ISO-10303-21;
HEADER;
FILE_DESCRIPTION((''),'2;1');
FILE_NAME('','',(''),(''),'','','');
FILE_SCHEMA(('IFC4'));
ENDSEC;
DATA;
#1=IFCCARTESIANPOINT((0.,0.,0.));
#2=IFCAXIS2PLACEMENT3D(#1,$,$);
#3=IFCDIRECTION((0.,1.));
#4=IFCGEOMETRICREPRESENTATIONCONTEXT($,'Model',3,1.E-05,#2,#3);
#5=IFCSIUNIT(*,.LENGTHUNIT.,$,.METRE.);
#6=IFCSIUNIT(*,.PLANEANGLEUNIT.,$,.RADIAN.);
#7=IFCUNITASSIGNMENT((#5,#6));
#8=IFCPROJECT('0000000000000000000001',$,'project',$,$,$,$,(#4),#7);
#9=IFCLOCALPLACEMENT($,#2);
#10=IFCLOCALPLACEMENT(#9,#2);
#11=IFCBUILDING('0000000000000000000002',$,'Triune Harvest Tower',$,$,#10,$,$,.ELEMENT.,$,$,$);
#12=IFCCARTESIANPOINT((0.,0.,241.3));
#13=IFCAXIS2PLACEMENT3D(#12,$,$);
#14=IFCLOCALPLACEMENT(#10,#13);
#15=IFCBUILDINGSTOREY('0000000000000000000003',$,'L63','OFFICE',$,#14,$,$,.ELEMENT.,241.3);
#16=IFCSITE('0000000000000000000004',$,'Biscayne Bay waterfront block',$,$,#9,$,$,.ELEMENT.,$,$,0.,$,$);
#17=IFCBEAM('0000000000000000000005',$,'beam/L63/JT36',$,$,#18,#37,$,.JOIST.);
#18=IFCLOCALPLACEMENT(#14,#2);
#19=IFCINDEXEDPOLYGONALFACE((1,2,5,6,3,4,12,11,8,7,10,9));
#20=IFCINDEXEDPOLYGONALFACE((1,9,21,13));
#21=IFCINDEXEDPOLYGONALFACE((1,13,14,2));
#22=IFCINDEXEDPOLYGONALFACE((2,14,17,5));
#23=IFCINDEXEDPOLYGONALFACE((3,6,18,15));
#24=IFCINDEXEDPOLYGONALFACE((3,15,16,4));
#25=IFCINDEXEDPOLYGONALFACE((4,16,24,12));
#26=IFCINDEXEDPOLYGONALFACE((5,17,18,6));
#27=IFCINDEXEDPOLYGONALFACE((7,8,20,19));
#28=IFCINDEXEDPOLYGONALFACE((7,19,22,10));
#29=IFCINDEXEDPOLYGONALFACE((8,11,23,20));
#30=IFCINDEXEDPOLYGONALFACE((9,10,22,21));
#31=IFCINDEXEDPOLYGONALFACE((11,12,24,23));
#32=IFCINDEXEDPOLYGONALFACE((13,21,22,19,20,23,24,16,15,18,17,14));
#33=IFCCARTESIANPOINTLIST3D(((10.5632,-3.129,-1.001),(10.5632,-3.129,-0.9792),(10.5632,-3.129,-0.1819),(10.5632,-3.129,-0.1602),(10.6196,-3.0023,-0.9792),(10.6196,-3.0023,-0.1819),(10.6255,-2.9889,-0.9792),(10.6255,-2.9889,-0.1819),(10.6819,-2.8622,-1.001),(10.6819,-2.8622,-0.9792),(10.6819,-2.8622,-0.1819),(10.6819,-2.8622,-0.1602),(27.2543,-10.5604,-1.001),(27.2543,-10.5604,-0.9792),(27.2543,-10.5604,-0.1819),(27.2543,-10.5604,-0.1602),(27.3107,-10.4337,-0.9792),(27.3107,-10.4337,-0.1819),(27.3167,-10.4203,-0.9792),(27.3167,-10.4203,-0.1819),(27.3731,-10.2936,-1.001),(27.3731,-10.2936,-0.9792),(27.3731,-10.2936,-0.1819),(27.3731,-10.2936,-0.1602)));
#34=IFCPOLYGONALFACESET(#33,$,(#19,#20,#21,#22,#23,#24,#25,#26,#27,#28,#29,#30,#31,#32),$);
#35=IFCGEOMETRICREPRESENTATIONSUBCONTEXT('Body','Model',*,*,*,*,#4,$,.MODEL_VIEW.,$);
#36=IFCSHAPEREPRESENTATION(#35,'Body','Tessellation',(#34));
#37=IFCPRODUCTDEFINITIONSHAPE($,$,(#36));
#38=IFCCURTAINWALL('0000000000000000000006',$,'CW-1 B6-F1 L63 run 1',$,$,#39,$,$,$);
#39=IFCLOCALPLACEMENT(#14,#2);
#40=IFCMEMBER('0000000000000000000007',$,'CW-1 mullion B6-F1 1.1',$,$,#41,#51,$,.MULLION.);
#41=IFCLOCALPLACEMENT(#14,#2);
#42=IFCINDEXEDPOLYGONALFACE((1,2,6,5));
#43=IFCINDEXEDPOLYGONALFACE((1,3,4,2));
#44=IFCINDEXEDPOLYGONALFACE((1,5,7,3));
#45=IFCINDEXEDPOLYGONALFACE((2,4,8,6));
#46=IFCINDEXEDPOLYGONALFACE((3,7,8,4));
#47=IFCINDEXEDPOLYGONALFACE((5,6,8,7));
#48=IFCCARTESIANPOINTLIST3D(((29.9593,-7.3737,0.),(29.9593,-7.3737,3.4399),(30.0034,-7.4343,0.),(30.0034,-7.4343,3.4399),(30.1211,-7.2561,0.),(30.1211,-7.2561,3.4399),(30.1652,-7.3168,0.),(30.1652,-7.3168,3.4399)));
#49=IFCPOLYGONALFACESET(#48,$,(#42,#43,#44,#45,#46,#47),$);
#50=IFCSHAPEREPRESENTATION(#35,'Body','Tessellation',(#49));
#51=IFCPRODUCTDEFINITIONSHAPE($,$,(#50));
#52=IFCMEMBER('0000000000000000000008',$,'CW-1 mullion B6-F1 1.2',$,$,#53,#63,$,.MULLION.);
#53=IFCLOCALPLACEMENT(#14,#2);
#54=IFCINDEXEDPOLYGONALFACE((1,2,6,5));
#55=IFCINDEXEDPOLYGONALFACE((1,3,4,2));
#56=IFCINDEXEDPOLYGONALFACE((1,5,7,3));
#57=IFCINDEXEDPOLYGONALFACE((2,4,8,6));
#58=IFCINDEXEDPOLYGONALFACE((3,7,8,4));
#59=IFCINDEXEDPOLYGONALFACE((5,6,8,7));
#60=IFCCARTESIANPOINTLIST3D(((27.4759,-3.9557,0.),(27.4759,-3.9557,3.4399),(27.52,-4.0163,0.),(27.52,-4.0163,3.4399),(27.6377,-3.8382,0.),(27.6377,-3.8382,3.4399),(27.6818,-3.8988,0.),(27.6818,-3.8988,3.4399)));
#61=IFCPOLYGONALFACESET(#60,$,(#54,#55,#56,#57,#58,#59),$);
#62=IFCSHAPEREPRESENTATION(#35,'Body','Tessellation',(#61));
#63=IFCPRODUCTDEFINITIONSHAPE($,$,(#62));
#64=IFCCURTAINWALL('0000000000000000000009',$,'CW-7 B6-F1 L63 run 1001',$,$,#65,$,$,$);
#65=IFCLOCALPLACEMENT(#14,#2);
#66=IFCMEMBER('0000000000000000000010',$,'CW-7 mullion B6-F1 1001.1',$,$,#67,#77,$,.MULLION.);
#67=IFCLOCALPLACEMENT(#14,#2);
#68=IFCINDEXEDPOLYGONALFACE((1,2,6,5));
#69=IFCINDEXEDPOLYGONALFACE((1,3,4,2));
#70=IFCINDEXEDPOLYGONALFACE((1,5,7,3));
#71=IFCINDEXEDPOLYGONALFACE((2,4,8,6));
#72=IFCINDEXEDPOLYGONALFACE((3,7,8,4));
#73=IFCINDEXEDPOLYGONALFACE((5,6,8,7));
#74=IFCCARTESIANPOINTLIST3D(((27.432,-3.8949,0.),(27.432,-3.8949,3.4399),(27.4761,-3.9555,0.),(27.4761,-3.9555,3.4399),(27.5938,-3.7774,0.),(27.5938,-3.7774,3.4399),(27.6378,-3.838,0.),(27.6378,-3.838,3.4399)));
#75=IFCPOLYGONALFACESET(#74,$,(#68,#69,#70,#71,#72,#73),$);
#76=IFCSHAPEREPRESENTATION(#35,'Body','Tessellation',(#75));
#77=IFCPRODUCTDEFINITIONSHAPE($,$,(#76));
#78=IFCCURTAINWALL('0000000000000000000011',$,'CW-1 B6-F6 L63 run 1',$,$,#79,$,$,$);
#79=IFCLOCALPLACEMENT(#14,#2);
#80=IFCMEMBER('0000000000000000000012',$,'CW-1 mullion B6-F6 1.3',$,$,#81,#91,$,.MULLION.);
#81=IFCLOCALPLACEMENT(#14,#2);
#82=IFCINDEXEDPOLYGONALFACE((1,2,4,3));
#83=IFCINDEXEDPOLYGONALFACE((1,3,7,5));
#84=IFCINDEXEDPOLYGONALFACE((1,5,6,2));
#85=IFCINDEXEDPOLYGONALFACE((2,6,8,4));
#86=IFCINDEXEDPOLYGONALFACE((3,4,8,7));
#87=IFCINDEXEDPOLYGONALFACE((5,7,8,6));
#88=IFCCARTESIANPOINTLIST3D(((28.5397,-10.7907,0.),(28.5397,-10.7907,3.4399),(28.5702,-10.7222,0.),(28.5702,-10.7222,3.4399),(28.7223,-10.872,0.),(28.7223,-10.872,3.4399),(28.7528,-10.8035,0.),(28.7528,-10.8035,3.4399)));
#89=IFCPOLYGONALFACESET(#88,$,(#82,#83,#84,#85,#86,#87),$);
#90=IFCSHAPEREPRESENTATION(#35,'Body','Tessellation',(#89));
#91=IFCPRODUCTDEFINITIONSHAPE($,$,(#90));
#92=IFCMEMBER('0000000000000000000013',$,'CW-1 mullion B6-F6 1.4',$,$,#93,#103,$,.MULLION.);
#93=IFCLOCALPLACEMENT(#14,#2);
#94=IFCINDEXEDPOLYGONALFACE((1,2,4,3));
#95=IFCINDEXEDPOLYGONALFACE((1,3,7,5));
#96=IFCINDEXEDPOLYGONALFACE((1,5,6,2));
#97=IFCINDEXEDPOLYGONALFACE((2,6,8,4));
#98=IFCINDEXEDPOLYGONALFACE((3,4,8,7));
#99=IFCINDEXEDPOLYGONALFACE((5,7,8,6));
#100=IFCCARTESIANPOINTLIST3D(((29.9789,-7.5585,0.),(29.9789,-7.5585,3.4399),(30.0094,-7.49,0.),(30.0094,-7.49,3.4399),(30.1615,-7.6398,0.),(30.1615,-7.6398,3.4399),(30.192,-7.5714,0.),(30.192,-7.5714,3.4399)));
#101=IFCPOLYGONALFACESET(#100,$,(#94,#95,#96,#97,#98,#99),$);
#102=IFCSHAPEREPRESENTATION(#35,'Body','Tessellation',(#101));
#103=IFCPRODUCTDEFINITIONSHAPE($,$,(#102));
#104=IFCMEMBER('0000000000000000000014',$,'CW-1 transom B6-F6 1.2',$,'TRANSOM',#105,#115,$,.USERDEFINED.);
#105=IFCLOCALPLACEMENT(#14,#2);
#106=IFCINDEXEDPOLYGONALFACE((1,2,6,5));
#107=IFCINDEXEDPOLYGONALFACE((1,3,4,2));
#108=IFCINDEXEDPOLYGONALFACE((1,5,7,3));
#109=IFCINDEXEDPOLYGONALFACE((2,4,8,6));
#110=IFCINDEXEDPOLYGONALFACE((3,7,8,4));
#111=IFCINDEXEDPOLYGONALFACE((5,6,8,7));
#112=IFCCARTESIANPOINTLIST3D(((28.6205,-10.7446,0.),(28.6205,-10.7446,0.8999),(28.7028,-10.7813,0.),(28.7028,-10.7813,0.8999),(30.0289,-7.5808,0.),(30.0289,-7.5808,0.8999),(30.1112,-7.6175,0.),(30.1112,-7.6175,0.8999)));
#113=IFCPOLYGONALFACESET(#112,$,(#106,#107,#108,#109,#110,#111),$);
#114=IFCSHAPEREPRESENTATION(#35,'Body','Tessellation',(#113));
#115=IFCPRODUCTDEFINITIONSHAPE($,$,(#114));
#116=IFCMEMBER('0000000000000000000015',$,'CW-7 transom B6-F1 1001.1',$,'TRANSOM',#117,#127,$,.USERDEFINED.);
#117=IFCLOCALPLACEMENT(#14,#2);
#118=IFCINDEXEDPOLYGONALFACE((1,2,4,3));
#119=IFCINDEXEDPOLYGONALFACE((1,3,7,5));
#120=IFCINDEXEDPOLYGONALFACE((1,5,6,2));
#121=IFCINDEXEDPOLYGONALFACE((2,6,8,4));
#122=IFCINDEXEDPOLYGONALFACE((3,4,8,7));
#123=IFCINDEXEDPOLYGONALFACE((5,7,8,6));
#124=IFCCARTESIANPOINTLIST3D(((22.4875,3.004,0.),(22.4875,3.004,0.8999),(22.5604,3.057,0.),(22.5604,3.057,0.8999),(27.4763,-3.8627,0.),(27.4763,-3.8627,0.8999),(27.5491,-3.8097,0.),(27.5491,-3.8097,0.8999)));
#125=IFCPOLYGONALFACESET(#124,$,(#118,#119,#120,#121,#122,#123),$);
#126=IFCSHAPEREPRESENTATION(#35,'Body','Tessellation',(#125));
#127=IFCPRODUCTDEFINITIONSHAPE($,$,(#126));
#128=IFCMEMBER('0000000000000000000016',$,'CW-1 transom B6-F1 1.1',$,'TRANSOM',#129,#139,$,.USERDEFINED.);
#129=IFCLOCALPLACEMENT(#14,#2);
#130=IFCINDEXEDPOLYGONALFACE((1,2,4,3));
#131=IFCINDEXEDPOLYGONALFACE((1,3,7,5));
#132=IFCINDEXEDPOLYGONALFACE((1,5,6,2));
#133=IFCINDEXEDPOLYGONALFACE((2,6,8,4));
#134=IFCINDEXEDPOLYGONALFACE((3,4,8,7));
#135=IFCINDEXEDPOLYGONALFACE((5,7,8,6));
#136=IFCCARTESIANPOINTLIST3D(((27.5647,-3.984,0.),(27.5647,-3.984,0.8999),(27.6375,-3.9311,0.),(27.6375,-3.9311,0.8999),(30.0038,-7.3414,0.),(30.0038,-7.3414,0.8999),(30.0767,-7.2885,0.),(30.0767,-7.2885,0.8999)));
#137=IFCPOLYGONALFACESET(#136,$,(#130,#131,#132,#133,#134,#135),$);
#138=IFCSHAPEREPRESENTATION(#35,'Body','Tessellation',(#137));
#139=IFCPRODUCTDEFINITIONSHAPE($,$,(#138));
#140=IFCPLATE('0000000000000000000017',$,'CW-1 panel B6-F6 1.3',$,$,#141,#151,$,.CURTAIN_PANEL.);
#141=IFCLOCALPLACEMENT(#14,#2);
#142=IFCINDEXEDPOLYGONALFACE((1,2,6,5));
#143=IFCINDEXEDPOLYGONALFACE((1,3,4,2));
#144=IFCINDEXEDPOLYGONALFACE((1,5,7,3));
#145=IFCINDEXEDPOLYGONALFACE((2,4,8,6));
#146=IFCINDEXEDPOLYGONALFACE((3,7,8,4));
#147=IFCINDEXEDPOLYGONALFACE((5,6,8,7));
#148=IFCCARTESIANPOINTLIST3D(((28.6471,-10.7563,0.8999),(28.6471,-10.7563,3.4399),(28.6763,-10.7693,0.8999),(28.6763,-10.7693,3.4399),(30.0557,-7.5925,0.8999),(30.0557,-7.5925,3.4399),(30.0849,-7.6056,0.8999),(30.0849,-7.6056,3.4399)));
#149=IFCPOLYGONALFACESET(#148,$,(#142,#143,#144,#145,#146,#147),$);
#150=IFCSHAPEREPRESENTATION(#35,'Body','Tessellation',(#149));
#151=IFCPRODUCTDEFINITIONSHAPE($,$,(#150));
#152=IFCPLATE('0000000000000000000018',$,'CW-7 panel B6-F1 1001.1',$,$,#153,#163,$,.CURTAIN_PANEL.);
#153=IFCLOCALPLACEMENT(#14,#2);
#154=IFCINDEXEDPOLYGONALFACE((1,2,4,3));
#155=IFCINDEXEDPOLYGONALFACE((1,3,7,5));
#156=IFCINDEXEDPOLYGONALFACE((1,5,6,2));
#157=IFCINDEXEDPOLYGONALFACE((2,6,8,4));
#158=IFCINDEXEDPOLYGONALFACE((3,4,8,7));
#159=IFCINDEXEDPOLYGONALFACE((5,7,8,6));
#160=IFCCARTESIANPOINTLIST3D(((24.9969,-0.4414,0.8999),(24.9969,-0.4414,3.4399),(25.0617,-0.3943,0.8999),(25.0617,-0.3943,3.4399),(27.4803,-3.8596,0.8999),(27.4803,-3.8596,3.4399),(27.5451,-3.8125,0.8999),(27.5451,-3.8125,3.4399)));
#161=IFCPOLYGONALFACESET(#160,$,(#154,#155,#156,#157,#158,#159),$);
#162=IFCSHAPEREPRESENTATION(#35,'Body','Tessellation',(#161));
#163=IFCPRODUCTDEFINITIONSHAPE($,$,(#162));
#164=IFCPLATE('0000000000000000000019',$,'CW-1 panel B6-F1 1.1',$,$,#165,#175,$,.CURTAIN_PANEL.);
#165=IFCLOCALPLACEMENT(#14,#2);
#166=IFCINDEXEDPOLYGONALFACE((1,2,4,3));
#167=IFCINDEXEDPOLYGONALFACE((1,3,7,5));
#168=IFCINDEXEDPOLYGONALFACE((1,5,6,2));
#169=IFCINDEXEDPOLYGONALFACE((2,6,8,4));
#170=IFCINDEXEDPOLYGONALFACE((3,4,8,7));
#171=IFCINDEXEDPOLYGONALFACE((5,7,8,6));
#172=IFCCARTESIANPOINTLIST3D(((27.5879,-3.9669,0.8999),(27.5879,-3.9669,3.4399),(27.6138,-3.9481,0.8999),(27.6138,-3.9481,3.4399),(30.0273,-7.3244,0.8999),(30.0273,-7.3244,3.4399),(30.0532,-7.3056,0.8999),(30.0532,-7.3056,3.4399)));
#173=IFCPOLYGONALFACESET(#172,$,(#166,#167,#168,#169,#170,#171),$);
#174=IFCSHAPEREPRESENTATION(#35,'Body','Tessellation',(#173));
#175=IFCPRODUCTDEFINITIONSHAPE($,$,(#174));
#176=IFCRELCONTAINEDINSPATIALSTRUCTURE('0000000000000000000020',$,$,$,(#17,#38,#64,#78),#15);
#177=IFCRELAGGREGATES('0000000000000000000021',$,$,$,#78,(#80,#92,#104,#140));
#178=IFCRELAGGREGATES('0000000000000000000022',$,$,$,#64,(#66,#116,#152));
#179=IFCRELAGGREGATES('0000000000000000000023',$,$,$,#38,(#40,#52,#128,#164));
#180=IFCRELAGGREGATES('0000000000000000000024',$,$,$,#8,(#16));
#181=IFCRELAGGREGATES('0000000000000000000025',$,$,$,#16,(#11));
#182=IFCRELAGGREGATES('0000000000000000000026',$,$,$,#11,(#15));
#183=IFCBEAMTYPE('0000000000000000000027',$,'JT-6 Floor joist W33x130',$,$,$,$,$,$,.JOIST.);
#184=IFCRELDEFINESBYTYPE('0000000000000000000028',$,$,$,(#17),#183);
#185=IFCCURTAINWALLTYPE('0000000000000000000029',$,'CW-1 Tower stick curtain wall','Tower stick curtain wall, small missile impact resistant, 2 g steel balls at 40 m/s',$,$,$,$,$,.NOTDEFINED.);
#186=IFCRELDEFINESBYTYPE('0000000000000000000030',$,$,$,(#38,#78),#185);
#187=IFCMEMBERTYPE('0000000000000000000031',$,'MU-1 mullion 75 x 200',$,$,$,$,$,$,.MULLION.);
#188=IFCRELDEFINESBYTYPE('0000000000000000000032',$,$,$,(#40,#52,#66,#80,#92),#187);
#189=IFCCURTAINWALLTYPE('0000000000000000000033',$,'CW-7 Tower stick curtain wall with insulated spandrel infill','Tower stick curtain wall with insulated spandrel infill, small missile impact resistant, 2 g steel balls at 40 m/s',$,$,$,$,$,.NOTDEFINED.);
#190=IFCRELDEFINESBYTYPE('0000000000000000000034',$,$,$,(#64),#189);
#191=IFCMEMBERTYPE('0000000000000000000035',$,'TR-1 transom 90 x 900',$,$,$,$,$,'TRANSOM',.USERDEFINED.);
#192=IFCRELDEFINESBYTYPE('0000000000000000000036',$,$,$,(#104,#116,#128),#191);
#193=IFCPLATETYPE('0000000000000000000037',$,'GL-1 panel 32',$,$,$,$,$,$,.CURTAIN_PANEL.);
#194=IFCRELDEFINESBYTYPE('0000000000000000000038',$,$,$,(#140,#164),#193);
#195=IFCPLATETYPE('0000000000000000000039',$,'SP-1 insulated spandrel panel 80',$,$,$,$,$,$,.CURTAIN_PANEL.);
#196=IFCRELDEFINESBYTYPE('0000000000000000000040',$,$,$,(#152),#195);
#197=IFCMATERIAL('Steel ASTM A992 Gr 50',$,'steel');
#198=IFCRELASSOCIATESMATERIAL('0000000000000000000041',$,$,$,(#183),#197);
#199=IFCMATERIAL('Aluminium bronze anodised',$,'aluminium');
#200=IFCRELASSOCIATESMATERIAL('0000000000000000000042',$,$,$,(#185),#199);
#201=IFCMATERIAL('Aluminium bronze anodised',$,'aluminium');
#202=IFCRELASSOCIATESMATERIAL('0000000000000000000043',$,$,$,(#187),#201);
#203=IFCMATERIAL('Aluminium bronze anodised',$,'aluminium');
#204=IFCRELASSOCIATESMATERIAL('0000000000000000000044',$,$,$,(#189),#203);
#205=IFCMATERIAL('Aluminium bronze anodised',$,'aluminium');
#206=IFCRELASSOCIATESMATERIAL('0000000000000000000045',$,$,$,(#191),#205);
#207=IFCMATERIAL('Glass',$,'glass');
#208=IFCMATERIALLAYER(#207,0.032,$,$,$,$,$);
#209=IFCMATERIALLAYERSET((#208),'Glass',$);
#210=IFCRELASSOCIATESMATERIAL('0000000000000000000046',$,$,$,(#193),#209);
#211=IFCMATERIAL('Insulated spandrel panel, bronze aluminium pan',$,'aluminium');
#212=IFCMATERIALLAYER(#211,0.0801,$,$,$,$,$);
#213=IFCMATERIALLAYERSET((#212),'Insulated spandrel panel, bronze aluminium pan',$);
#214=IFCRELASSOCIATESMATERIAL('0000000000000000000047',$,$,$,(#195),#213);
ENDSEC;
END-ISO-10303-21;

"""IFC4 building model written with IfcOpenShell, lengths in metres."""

from ifc_helpers import new_model, si_unit, direction, frame, origin, origin_2d, place, context, subcontext, project, spatial, rectangle, i_section, extrude, source, transform, mapped, material, layer, layer_set, material_profile, profile_set, type_object, element, aggregate, save


model = new_model("IFC4")

# Units and contexts
model_context = context("Model", 3, precision=1e-05, world=origin(), true_north=direction((0.0, 1.0)))
body_context = subcontext(model_context, "Body", "Model", "MODEL_VIEW")
ifc_project = project(units=[si_unit("LENGTHUNIT", "METRE"), si_unit("PLANEANGLEUNIT", "RADIAN")], contexts=[model_context])

# Site, building, storey
site_placement = place(None, origin())
site = spatial("IfcSite", under=ifc_project, at=site_placement, Name="Biscayne Bay waterfront block", CompositionType="ELEMENT", RefElevation=0.0)
building_placement = place(site_placement, origin())
building = spatial("IfcBuilding", under=site, at=building_placement, Name="Triune Harvest Tower", CompositionType="ELEMENT")
storey_placement = place(building_placement, frame((0.0, 0.0, 241.3)))
storey = spatial("IfcBuildingStorey", under=building, at=storey_placement, Name="L63", Description="OFFICE", CompositionType="ELEMENT", Elevation=241.3)

# Beam
ifc_material_1 = material(Name="Steel ASTM A992 Gr 50", Category="steel")
ifc_material_profile_1 = material_profile(ifc_material_1, i_section(OverallWidth=0.292, OverallDepth=0.8408, WebThickness=0.0146, FlangeThickness=0.0217, at=origin_2d()), Name="W33x130")
ifc_profile_set_1 = profile_set([ifc_material_profile_1], Name="Steel ASTM A992 Gr 50")
beam_type_1 = type_object("IfcBeamType", Name="JT-6 Floor joist W33x130", PredefinedType="JOIST", material=ifc_profile_set_1)
shared_shape_1 = source(origin(), body_context, "Body", "SweptSolid", [
    extrude(i_section(OverallWidth=0.292, OverallDepth=0.8408, WebThickness=0.0146, FlangeThickness=0.0217, at=origin_2d()), origin(), (0.0, 0.0, 1.0), 18.2708),
])
beam_1_placement = place(storey_placement, frame((27.3137, -10.427, -0.5806), z_axis=(-0.913545, 0.406737, 0.0), x_axis=(-0.406737, -0.913545, 0.0)))
element("IfcBeam", 1, at=beam_1_placement, inside=storey, type_object=beam_type_1, Name="beam/L63/JT36", PredefinedType="JOIST", context=body_context, shape_type="MappedRepresentation", body=[
    mapped(shared_shape_1, transform((0.0, 0.0, 0.0), scale=1.0)),
])

# Curtain wall, members
ifc_material_2 = material(Name="Aluminium bronze anodised", Category="aluminium")
curtain_wall_type_1 = type_object("IfcCurtainWallType", Name="CW-1 Tower stick curtain wall", Description="Tower stick curtain wall, small missile impact resistant, 2 g steel balls at 40 m/s", PredefinedType="NOTDEFINED", material=ifc_material_2)
curtain_wall_1_placement = place(storey_placement, origin())
curtain_wall_1 = element("IfcCurtainWall", 2, at=curtain_wall_1_placement, inside=storey, type_object=curtain_wall_type_1, Name="CW-1 B6-F1 L63 run 1")
ifc_material_3 = material(Name="Aluminium bronze anodised", Category="aluminium")
ifc_material_profile_2 = material_profile(ifc_material_3, rectangle(XDim=0.2, YDim=0.075, at=origin_2d()), Name="MU-1 mullion 75 x 200")
ifc_profile_set_2 = profile_set([ifc_material_profile_2], Name="Aluminium bronze anodised")
member_type_1 = type_object("IfcMemberType", Name="MU-1 mullion 75 x 200", PredefinedType="MULLION", material=ifc_profile_set_2)
shared_shape_2 = source(origin(), body_context, "Body", "SweptSolid", [
    extrude(rectangle(XDim=0.2, YDim=0.075, at=origin_2d()), origin(), (0.0, 0.0, 1.0), 3.4399),
])
member_1_placement = place(storey_placement, frame((30.0623, -7.3452, 0.0), z_axis=(0.0, 0.0, 1.0), x_axis=(-0.809016, -0.587787, 0.0)))
member_1 = element("IfcMember", 3, at=member_1_placement, type_object=member_type_1, Name="CW-1 mullion B6-F1 1.1", PredefinedType="MULLION", context=body_context, shape_type="MappedRepresentation", body=[
    mapped(shared_shape_2, transform((0.0, 0.0, 0.0), scale=1.0)),
])
member_2_placement = place(storey_placement, frame((27.5789, -3.9272, 0.0), z_axis=(0.0, 0.0, 1.0), x_axis=(-0.809016, -0.587787, 0.0)))
member_2 = element("IfcMember", 4, at=member_2_placement, type_object=member_type_1, Name="CW-1 mullion B6-F1 1.2", PredefinedType="MULLION", context=body_context, shape_type="MappedRepresentation", body=[
    mapped(shared_shape_2, transform((0.0, 0.0, 0.0), scale=1.0)),
])

# Curtain wall, member
ifc_material_4 = material(Name="Aluminium bronze anodised", Category="aluminium")
curtain_wall_type_2 = type_object("IfcCurtainWallType", Name="CW-7 Tower stick curtain wall with insulated spandrel infill", Description="Tower stick curtain wall with insulated spandrel infill, small missile impact resistant, 2 g steel balls at 40 m/s", PredefinedType="NOTDEFINED", material=ifc_material_4)
curtain_wall_2_placement = place(storey_placement, origin())
curtain_wall_2 = element("IfcCurtainWall", 5, at=curtain_wall_2_placement, inside=storey, type_object=curtain_wall_type_2, Name="CW-7 B6-F1 L63 run 1001")
member_3_placement = place(storey_placement, frame((27.5349, -3.8665, 0.0), z_axis=(0.0, 0.0, 1.0), x_axis=(-0.809017, -0.587786, 0.0)))
member_3 = element("IfcMember", 6, at=member_3_placement, type_object=member_type_1, Name="CW-7 mullion B6-F1 1001.1", PredefinedType="MULLION", context=body_context, shape_type="MappedRepresentation", body=[
    mapped(shared_shape_2, transform((0.0, 0.0, 0.0), scale=1.0)),
])

# Curtain wall, members
curtain_wall_3_placement = place(storey_placement, origin())
curtain_wall_3 = element("IfcCurtainWall", 7, at=curtain_wall_3_placement, inside=storey, type_object=curtain_wall_type_1, Name="CW-1 B6-F6 L63 run 1")
member_4_placement = place(storey_placement, frame((28.6462, -10.7971, 0.0), z_axis=(0.0, 0.0, 1.0), x_axis=(-0.913543, 0.406743, 0.0)))
member_4 = element("IfcMember", 8, at=member_4_placement, type_object=member_type_1, Name="CW-1 mullion B6-F6 1.3", PredefinedType="MULLION", context=body_context, shape_type="MappedRepresentation", body=[
    mapped(shared_shape_2, transform((0.0, 0.0, 0.0), scale=1.0)),
])
member_5_placement = place(storey_placement, frame((30.0854, -7.5649, 0.0), z_axis=(0.0, 0.0, 1.0), x_axis=(-0.913543, 0.406743, 0.0)))
member_5 = element("IfcMember", 9, at=member_5_placement, type_object=member_type_1, Name="CW-1 mullion B6-F6 1.4", PredefinedType="MULLION", context=body_context, shape_type="MappedRepresentation", body=[
    mapped(shared_shape_2, transform((0.0, 0.0, 0.0), scale=1.0)),
])
ifc_material_5 = material(Name="Aluminium bronze anodised", Category="aluminium")
ifc_material_profile_3 = material_profile(ifc_material_5, rectangle(XDim=0.0901, YDim=0.8999, at=origin_2d()), Name="TR-1 transom 90 x 900")
ifc_profile_set_3 = profile_set([ifc_material_profile_3], Name="Aluminium bronze anodised")
member_type_2 = type_object("IfcMemberType", Name="TR-1 transom 90 x 900", ElementType="TRANSOM", PredefinedType="USERDEFINED", material=ifc_profile_set_3)
shared_shape_3 = source(origin(), body_context, "Body", "SweptSolid", [
    extrude(rectangle(XDim=0.0901, YDim=0.8999, at=origin_2d()), origin(), (0.0, 0.0, 1.0), 3.4631),
])
member_6_placement = place(storey_placement, frame((28.6616, -10.7629, 0.45), z_axis=(0.406694, 0.913564, 0.0), x_axis=(-0.913564, 0.406694, 0.0)))
member_6 = element("IfcMember", 10, at=member_6_placement, type_object=member_type_2, Name="CW-1 transom B6-F6 1.2", ObjectType="TRANSOM", PredefinedType="USERDEFINED", context=body_context, shape_type="MappedRepresentation", body=[
    mapped(shared_shape_3, transform((0.0, 0.0, 0.0), scale=1.0)),
])

# Members
shared_shape_4 = source(origin(), body_context, "Body", "SweptSolid", [
    extrude(rectangle(XDim=0.0901, YDim=0.8999, at=origin_2d()), origin(), (0.0, 0.0, 1.0), 8.4875),
])
member_7_placement = place(storey_placement, frame((27.5127, -3.8362, 0.45), z_axis=(-0.587771, 0.809027, 0.0), x_axis=(-0.809027, -0.587771, 0.0)))
member_7 = element("IfcMember", 11, at=member_7_placement, type_object=member_type_2, Name="CW-7 transom B6-F1 1001.1", ObjectType="TRANSOM", PredefinedType="USERDEFINED", context=body_context, shape_type="MappedRepresentation", body=[
    mapped(shared_shape_4, transform((0.0, 0.0, 0.0), scale=1.0)),
])
shared_shape_5 = source(origin(), body_context, "Body", "SweptSolid", [
    extrude(rectangle(XDim=0.0901, YDim=0.8999, at=origin_2d()), origin(), (0.0, 0.0, 1.0), 4.1499),
])
member_8_placement = place(storey_placement, frame((30.0403, -7.3149, 0.45), z_axis=(-0.587769, 0.809029, 0.0), x_axis=(-0.809029, -0.587769, 0.0)))
member_8 = element("IfcMember", 12, at=member_8_placement, type_object=member_type_2, Name="CW-1 transom B6-F1 1.1", ObjectType="TRANSOM", PredefinedType="USERDEFINED", context=body_context, shape_type="MappedRepresentation", body=[
    mapped(shared_shape_5, transform((0.0, 0.0, 0.0), scale=1.0)),
])

# Plates
ifc_material_6 = material(Name="Glass", Category="glass")
ifc_layer_1 = layer(ifc_material_6, 0.032)
ifc_layer_set_1 = layer_set([ifc_layer_1], Name="Glass")
plate_type_1 = type_object("IfcPlateType", Name="GL-1 panel 32", PredefinedType="CURTAIN_PANEL", material=ifc_layer_set_1)
shared_shape_6 = source(origin(), body_context, "Body", "SweptSolid", [
    extrude(rectangle(XDim=3.4631, YDim=0.032, at=origin_2d()), origin(), (0.0, 0.0, 1.0), 2.54),
])
plate_1_placement = place(storey_placement, frame((29.366, -9.1809, 0.8999), z_axis=(0.0, 0.0, 1.0), x_axis=(0.406743, 0.913543, 0.0)))
plate_1 = element("IfcPlate", 13, at=plate_1_placement, type_object=plate_type_1, Name="CW-1 panel B6-F6 1.3", PredefinedType="CURTAIN_PANEL", context=body_context, shape_type="MappedRepresentation", body=[
    mapped(shared_shape_6, transform((0.0, 0.0, 0.0), scale=1.0)),
])
aggregate(curtain_wall_3, [member_4, member_5, member_6, plate_1])
ifc_material_7 = material(Name="Insulated spandrel panel, bronze aluminium pan", Category="aluminium")
ifc_layer_2 = layer(ifc_material_7, 0.0801)
ifc_layer_set_2 = layer_set([ifc_layer_2], Name="Insulated spandrel panel, bronze aluminium pan")
plate_type_2 = type_object("IfcPlateType", Name="SP-1 insulated spandrel panel 80", PredefinedType="CURTAIN_PANEL", material=ifc_layer_set_2)
shared_shape_7 = source(origin(), body_context, "Body", "SweptSolid", [
    extrude(rectangle(XDim=4.2251, YDim=0.0801, at=origin_2d()), origin(), (0.0, 0.0, 1.0), 2.54),
])
plate_2_placement = place(storey_placement, frame((26.271, -2.127, 0.8999), z_axis=(0.0, 0.0, 1.0), x_axis=(-0.587786, 0.809017, 0.0)))
plate_2 = element("IfcPlate", 14, at=plate_2_placement, type_object=plate_type_2, Name="CW-7 panel B6-F1 1001.1", PredefinedType="CURTAIN_PANEL", context=body_context, shape_type="MappedRepresentation", body=[
    mapped(shared_shape_7, transform((0.0, 0.0, 0.0), scale=1.0)),
])
aggregate(curtain_wall_2, [member_3, member_7, plate_2])
shared_shape_8 = source(origin(), body_context, "Body", "SweptSolid", [
    extrude(rectangle(XDim=4.1501, YDim=0.032, at=origin_2d()), origin(), (0.0, 0.0, 1.0), 2.54),
])
plate_3_placement = place(storey_placement, frame((28.8206, -5.6362, 0.8999), z_axis=(0.0, 0.0, 1.0), x_axis=(-0.587787, 0.809016, 0.0)))
plate_3 = element("IfcPlate", 15, at=plate_3_placement, type_object=plate_type_1, Name="CW-1 panel B6-F1 1.1", PredefinedType="CURTAIN_PANEL", context=body_context, shape_type="MappedRepresentation", body=[
    mapped(shared_shape_8, transform((0.0, 0.0, 0.0), scale=1.0)),
])
aggregate(curtain_wall_1, [member_1, member_2, member_8, plate_3])

save(model, "model.ifc")
